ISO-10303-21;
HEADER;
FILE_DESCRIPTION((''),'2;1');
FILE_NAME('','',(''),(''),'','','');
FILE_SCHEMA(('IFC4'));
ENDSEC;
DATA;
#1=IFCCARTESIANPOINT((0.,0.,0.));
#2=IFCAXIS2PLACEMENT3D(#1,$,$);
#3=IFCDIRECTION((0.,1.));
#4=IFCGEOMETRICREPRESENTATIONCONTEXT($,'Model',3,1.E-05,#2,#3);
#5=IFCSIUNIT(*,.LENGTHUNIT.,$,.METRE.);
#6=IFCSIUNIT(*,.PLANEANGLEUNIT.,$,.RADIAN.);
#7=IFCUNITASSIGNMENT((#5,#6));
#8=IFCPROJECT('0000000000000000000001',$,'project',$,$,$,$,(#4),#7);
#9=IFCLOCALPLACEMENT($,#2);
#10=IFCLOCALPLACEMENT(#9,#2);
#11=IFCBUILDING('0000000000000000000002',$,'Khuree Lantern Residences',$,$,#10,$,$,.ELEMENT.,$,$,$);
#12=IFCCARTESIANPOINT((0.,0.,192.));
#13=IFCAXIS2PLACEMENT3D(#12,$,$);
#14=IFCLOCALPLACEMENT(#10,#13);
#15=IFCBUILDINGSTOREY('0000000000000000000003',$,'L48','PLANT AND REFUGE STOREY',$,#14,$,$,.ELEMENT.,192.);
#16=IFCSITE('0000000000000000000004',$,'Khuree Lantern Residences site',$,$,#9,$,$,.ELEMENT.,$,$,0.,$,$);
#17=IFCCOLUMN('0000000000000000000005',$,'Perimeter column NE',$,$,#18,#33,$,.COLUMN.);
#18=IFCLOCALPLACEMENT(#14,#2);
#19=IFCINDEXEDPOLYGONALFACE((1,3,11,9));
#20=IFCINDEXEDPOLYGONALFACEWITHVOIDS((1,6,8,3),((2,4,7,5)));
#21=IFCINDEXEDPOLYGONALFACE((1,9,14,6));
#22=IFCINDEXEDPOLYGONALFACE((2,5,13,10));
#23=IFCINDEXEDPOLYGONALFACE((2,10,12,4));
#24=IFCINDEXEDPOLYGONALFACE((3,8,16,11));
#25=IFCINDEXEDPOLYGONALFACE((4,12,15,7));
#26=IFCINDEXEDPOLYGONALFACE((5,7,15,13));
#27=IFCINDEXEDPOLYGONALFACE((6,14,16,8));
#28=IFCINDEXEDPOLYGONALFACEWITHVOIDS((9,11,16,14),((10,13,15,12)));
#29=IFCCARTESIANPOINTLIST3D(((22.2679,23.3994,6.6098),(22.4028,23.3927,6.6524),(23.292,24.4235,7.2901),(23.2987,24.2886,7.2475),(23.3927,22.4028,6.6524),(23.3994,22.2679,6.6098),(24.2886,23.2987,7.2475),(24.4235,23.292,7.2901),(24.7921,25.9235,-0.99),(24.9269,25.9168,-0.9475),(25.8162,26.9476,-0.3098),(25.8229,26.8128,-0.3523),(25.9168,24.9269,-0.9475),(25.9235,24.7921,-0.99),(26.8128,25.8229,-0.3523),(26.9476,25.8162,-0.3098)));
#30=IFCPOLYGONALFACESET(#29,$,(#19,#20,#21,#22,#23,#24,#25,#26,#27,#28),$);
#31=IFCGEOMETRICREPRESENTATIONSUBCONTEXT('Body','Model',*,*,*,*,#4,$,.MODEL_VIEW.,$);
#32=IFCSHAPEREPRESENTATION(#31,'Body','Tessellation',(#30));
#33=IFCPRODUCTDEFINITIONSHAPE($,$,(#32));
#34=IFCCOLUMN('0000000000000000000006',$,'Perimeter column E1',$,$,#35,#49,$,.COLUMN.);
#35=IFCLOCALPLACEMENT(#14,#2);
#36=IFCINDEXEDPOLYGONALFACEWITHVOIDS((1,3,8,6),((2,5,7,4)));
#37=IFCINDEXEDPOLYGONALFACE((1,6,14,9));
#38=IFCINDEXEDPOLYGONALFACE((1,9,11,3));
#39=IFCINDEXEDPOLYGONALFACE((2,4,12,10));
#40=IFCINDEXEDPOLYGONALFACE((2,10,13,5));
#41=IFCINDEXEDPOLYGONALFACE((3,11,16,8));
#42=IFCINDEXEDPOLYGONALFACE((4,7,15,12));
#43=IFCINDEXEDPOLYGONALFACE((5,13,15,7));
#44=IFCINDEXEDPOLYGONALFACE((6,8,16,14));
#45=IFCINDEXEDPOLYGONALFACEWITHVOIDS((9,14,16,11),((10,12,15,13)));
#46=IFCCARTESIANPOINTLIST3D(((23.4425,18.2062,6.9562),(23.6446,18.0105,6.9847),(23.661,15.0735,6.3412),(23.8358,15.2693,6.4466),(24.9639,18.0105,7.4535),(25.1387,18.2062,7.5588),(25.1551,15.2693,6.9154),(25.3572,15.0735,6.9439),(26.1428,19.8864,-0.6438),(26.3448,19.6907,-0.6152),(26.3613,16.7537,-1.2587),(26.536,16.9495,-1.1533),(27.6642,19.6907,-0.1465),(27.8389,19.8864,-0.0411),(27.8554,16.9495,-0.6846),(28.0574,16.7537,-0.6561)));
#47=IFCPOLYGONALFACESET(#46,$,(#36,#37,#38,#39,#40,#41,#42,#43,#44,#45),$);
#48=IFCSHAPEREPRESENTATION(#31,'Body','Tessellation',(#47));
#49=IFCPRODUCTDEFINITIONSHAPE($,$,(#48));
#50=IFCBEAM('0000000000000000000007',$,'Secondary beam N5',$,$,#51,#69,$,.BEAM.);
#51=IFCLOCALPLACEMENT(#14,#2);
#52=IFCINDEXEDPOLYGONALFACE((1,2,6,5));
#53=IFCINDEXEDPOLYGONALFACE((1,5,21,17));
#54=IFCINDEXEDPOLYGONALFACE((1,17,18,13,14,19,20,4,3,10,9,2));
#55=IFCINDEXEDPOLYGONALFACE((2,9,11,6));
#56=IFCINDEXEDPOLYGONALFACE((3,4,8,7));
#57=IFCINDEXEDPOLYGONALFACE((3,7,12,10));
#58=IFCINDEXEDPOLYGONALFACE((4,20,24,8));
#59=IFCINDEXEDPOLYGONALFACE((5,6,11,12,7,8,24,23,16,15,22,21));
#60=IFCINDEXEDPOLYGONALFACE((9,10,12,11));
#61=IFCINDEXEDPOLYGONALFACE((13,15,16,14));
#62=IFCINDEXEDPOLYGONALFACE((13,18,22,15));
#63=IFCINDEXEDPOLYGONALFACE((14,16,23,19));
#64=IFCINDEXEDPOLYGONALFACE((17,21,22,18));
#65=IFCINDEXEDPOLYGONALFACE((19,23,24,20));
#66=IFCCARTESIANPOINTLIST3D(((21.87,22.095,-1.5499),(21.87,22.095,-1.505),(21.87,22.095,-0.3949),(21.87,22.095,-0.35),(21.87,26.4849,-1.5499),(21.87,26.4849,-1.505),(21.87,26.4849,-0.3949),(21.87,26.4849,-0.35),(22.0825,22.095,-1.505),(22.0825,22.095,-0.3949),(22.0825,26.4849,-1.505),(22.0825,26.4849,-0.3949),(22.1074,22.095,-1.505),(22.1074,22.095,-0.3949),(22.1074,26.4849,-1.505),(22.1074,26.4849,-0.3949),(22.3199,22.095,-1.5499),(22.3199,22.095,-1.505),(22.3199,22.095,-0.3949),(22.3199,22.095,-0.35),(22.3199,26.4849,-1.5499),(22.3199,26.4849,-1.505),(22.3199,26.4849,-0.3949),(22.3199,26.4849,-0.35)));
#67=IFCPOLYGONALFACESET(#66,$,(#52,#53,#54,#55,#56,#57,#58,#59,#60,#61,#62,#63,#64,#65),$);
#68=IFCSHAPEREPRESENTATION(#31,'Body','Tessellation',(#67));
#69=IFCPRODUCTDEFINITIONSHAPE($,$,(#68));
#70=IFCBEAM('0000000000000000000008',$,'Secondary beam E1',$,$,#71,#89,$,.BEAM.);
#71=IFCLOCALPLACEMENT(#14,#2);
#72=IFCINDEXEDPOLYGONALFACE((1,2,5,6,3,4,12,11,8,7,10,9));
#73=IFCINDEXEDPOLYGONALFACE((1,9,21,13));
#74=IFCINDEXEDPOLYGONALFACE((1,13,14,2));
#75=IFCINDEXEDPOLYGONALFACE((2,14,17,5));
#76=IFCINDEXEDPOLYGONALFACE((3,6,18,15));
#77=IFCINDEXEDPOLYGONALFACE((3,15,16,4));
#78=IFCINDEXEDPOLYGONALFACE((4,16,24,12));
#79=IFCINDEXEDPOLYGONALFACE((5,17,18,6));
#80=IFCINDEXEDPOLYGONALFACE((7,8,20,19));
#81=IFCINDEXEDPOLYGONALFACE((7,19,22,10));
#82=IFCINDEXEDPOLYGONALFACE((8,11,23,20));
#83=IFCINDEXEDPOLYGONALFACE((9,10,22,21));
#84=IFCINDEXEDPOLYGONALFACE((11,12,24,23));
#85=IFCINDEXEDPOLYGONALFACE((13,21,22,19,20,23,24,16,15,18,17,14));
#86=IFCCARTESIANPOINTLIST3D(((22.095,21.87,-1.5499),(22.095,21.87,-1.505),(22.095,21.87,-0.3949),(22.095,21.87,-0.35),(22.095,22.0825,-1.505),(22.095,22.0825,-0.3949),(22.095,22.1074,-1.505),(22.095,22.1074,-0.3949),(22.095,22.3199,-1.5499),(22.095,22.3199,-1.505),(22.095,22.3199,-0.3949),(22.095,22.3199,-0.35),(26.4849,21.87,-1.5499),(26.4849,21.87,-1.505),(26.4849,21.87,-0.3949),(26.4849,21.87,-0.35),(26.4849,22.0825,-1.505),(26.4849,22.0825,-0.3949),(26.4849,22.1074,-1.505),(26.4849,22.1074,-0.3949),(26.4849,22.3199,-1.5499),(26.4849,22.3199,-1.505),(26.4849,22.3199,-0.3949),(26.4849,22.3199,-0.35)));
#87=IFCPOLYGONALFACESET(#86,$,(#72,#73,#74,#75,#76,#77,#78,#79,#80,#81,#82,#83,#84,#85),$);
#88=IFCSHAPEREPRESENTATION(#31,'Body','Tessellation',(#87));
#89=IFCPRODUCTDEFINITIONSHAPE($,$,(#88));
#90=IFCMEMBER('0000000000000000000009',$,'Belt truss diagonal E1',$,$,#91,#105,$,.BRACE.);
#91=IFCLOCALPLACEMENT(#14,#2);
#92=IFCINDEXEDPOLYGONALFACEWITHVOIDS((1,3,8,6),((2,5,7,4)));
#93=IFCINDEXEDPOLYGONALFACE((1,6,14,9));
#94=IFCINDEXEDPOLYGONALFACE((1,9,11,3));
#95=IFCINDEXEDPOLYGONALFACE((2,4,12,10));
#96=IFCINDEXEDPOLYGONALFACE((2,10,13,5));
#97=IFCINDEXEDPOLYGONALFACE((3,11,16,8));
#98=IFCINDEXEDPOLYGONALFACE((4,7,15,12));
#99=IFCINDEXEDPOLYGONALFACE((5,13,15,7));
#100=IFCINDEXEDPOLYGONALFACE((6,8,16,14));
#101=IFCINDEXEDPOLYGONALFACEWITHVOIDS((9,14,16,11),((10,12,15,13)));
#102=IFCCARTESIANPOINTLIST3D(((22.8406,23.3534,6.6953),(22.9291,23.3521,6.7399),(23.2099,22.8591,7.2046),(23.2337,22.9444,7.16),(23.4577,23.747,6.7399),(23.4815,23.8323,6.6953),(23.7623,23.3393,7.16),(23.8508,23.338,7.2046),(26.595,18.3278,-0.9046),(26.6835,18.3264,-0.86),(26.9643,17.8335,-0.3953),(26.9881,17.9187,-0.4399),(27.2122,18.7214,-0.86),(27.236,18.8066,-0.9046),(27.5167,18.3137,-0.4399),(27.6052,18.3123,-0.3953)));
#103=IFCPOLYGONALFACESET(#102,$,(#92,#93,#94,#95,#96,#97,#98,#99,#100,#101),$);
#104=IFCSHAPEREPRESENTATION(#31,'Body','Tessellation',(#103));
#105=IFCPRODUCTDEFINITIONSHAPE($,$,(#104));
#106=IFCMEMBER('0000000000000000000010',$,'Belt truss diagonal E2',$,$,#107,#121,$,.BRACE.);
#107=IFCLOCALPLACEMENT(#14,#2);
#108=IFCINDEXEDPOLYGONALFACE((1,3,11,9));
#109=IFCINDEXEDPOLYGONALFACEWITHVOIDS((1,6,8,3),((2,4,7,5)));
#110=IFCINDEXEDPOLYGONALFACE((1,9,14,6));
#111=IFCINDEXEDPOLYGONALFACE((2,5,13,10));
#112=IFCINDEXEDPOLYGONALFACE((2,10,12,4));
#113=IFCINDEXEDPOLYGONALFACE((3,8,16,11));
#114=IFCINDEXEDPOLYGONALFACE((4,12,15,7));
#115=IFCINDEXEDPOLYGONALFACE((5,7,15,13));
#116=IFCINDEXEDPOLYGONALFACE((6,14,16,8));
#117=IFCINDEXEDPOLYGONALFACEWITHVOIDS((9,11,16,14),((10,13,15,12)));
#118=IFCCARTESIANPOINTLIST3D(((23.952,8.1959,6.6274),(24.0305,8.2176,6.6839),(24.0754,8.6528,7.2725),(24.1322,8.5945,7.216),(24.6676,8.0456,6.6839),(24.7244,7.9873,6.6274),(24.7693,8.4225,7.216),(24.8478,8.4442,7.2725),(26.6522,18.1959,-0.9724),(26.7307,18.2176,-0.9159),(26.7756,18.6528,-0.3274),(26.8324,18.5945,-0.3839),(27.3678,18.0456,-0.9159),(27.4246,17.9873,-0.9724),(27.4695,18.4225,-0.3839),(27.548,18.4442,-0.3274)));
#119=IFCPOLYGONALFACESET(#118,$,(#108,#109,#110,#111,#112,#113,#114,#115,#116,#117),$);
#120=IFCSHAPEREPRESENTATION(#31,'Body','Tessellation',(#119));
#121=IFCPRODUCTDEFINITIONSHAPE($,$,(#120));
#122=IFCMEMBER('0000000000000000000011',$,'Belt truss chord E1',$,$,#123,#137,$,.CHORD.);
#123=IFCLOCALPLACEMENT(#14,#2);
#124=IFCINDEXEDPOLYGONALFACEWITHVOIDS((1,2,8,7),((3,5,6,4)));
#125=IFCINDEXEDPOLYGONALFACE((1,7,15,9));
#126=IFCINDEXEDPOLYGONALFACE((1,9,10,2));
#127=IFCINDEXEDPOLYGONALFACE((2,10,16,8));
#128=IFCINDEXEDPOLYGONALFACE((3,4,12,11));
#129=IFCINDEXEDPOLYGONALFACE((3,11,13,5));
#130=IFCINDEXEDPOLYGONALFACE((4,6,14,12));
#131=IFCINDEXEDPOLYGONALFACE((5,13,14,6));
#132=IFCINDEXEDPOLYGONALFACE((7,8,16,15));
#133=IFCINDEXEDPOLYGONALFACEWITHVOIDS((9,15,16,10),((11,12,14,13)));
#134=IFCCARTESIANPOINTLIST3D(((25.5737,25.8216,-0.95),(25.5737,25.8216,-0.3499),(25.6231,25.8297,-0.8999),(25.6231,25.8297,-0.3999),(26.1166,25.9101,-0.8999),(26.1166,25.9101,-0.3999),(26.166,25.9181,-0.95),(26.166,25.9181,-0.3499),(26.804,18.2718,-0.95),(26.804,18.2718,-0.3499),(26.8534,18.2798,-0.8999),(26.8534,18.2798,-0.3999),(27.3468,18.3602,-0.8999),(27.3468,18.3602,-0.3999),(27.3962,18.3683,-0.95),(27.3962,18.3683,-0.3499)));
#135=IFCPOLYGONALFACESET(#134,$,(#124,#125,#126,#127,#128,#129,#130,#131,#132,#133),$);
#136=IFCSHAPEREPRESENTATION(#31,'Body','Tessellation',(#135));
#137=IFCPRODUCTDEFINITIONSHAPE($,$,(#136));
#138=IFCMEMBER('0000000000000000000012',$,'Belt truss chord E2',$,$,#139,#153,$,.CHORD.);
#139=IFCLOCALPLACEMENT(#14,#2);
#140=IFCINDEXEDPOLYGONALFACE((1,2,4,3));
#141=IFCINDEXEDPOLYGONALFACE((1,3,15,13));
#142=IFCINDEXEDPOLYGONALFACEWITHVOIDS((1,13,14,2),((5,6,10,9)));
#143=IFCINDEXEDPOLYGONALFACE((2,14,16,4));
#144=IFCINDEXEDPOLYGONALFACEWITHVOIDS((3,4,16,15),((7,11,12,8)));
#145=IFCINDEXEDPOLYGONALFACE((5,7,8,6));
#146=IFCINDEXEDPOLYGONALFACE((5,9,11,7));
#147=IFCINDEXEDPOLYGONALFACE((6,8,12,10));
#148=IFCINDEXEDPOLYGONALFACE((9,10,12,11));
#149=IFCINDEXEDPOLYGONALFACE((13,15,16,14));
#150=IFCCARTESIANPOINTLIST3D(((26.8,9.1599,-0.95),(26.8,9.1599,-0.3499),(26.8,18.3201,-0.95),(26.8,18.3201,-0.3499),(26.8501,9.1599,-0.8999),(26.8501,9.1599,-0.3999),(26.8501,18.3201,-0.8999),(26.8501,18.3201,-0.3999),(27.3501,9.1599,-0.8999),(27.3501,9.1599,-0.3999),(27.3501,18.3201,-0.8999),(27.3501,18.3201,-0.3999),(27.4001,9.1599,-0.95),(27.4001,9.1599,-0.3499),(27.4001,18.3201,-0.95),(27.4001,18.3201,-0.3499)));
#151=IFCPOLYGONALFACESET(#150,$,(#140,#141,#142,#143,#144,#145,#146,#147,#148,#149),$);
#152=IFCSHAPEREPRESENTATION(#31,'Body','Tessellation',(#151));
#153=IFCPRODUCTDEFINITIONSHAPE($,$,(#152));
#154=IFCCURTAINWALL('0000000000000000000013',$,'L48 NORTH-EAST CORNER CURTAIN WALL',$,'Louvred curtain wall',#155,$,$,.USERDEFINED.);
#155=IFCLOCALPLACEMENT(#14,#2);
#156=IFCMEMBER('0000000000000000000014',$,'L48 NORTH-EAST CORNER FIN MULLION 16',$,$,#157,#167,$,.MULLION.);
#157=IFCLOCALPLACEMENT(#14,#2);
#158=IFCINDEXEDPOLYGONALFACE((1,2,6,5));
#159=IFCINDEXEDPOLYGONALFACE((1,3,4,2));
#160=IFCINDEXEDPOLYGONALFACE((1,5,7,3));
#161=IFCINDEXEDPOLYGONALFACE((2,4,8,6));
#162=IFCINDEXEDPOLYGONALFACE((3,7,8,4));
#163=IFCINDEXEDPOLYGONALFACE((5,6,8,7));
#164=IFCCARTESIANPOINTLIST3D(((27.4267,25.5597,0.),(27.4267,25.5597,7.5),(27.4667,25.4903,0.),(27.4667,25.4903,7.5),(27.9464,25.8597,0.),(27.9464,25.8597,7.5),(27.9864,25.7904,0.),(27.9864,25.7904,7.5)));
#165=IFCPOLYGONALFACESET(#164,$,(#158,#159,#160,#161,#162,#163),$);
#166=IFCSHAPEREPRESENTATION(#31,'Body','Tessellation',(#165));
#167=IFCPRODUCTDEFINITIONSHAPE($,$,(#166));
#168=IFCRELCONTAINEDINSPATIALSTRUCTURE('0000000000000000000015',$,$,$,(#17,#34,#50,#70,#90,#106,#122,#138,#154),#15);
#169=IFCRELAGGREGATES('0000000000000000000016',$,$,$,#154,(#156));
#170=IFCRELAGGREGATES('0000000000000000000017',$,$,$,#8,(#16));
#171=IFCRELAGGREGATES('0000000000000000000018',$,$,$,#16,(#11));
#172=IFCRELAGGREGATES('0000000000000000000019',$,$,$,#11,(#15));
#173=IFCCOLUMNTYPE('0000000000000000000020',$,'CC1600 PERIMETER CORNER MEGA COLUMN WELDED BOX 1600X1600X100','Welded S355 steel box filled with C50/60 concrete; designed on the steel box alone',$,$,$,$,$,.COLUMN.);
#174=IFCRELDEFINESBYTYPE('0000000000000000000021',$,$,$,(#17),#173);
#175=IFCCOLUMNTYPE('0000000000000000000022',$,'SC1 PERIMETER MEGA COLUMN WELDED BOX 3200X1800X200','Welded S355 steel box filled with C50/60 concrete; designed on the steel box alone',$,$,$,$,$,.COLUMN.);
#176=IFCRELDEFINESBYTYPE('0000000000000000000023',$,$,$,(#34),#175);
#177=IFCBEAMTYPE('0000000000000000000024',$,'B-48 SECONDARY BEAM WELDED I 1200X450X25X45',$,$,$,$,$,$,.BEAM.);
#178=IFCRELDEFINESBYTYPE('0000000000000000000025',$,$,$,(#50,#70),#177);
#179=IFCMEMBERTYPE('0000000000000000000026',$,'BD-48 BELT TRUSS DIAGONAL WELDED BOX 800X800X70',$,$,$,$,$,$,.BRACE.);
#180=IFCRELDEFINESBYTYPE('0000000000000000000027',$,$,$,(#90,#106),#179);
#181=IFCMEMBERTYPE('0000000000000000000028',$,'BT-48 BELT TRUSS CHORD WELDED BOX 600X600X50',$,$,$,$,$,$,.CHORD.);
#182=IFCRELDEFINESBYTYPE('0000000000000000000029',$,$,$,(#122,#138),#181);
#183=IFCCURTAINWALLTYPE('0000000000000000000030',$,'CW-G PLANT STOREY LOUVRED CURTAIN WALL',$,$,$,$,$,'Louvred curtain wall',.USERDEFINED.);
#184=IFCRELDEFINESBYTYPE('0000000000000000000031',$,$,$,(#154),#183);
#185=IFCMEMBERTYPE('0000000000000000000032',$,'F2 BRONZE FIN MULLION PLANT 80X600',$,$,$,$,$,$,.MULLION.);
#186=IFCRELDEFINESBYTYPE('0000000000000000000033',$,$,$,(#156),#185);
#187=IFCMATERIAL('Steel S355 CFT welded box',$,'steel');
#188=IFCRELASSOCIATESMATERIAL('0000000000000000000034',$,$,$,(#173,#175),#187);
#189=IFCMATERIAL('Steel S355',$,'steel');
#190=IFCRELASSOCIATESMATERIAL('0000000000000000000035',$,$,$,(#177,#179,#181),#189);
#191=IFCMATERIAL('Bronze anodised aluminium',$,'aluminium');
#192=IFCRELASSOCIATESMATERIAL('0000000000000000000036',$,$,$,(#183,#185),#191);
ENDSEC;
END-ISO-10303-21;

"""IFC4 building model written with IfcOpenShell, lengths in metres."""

from ifc_helpers import new_model, si_unit, direction, frame, origin, origin_2d, place, context, subcontext, project, spatial, rectangle, hollow_rectangle, i_section, extrude, material, material_profile, profile_set, type_object, element, aggregate, save


model = new_model("IFC4")

# Units and contexts
model_context = context("Model", 3, precision=1e-05, world=origin(), true_north=direction((0.0, 1.0)))
body_context = subcontext(model_context, "Body", "Model", "MODEL_VIEW")
ifc_project = project(units=[si_unit("LENGTHUNIT", "METRE"), si_unit("PLANEANGLEUNIT", "RADIAN")], contexts=[model_context])

# Site, building, storey
site_placement = place(None, origin())
site = spatial("IfcSite", under=ifc_project, at=site_placement, Name="Khuree Lantern Residences site", CompositionType="ELEMENT", RefElevation=0.0)
building_placement = place(site_placement, origin())
building = spatial("IfcBuilding", under=site, at=building_placement, Name="Khuree Lantern Residences", CompositionType="ELEMENT")
storey_placement = place(building_placement, frame((0.0, 0.0, 192.0)))
storey = spatial("IfcBuildingStorey", under=building, at=storey_placement, Name="L48", Description="PLANT AND REFUGE STOREY", CompositionType="ELEMENT", Elevation=192.0)

# Columns
ifc_material_1 = material(Name="Steel S355 CFT welded box", Category="steel")
ifc_material_profile_1 = material_profile(ifc_material_1, hollow_rectangle(XDim=1.6001, YDim=1.6001, WallThickness=0.1001, at=origin_2d()), Name="WELDED BOX 1600X1600X100")
ifc_profile_set_1 = profile_set([ifc_material_profile_1], Name="Steel S355 CFT welded box")
column_type_1 = type_object("IfcColumnType", Name="CC1600 PERIMETER CORNER MEGA COLUMN WELDED BOX 1600X1600X100", Description="Welded S355 steel box filled with C50/60 concrete; designed on the steel box alone", PredefinedType="COLUMN", material=ifc_profile_set_1)
column_1_placement = place(storey_placement, frame((25.8699, 25.8699, -0.6499), z_axis=(-0.300623, -0.300623, 0.905125), x_axis=(0.707107, -0.707107, 0.0)))
element("IfcColumn", 1, at=column_1_placement, inside=storey, type_object=column_type_1, Name="Perimeter column NE", PredefinedType="COLUMN", context=body_context, shape_type="SweptSolid", body=[
    extrude(hollow_rectangle(XDim=1.6001, YDim=1.6001, WallThickness=0.1001, at=origin_2d()), origin(), (0.0, 0.0, 1.0), 8.3965),
])
ifc_material_profile_2 = material_profile(ifc_material_1, hollow_rectangle(XDim=3.2, YDim=1.8, WallThickness=0.2, at=origin_2d()), Name="WELDED BOX 3200X1800X200")
ifc_profile_set_2 = profile_set([ifc_material_profile_2], Name="Steel S355 CFT welded box")
column_type_2 = type_object("IfcColumnType", Name="SC1 PERIMETER MEGA COLUMN WELDED BOX 3200X1800X200", Description="Welded S355 steel box filled with C50/60 concrete; designed on the steel box alone", PredefinedType="COLUMN", material=ifc_profile_set_2)
column_2_placement = place(storey_placement, frame((27.1001, 18.3201, -0.6499), z_axis=(-0.327756, -0.203944, 0.922487), x_axis=(-0.068286, 0.978983, 0.192172)))
element("IfcColumn", 2, at=column_2_placement, inside=storey, type_object=column_type_2, Name="Perimeter column E1", PredefinedType="COLUMN", context=body_context, shape_type="SweptSolid", body=[
    extrude(hollow_rectangle(XDim=3.2, YDim=1.8, WallThickness=0.2, at=origin_2d()), origin(), (0.0, 0.0, 1.0), 8.2385),
])

# Beams
ifc_material_2 = material(Name="Steel S355", Category="steel")
ifc_material_profile_3 = material_profile(ifc_material_2, i_section(OverallWidth=0.45, OverallDepth=1.2, WebThickness=0.0249, FlangeThickness=0.0449, at=origin_2d()), Name="WELDED I 1200X450X25X45")
ifc_profile_set_3 = profile_set([ifc_material_profile_3], Name="Steel S355")
beam_type_1 = type_object("IfcBeamType", Name="B-48 SECONDARY BEAM WELDED I 1200X450X25X45", PredefinedType="BEAM", material=ifc_profile_set_3)
for number, where, z_axis, x_axis, name in (
    (3, (22.095, 26.4849, -0.95), (0.0, -1.0, 0.0), (1.0, 0.0, 0.0), "Secondary beam N5"),
    (4, (26.4849, 22.095, -0.95), (-1.0, 0.0, 0.0), (0.0, -1.0, 0.0), "Secondary beam E1"),
):
    element("IfcBeam", number, at=place(storey_placement, frame(where, z_axis=z_axis, x_axis=x_axis)), inside=storey, type_object=beam_type_1, Name=name, PredefinedType="BEAM", context=body_context, shape_type="SweptSolid", body=[
        extrude(i_section(OverallWidth=0.45, OverallDepth=1.2, WebThickness=0.0249, FlangeThickness=0.0449, at=origin_2d()), origin(), (0.0, 0.0, 1.0), 4.3899),
    ])

# Members
ifc_material_profile_4 = material_profile(ifc_material_2, hollow_rectangle(XDim=0.8, YDim=0.8, WallThickness=0.0701, at=origin_2d()), Name="WELDED BOX 800X800X70")
ifc_profile_set_4 = profile_set([ifc_material_profile_4], Name="Steel S355")
member_type_1 = type_object("IfcMemberType", Name="BD-48 BELT TRUSS DIAGONAL WELDED BOX 800X800X70", PredefinedType="BRACE", material=ifc_profile_set_4)
member_1_placement = place(storey_placement, frame((23.3457, 23.3457, 6.95), z_axis=(0.380985, -0.509986, -0.77121), x_axis=(0.801133, 0.598486, 0.0)))
element("IfcMember", 5, at=member_1_placement, inside=storey, type_object=member_type_1, Name="Belt truss diagonal E1", PredefinedType="BRACE", context=body_context, shape_type="SweptSolid", body=[
    extrude(hollow_rectangle(XDim=0.8, YDim=0.8, WallThickness=0.0701, at=origin_2d()), origin(), (0.0, 0.0, 1.0), 9.8545),
])
member_2_placement = place(storey_placement, frame((27.1001, 18.3201, -0.6499), z_axis=(-0.210179, -0.778384, 0.59156), x_axis=(0.965424, -0.260683, 0.0)))
element("IfcMember", 6, at=member_2_placement, inside=storey, type_object=member_type_1, Name="Belt truss diagonal E2", PredefinedType="BRACE", context=body_context, shape_type="SweptSolid", body=[
    extrude(hollow_rectangle(XDim=0.8, YDim=0.8, WallThickness=0.0701, at=origin_2d()), origin(), (0.0, 0.0, 1.0), 12.8472),
])
ifc_material_profile_5 = material_profile(ifc_material_2, hollow_rectangle(XDim=0.6001, YDim=0.6001, WallThickness=0.05, at=origin_2d()), Name="WELDED BOX 600X600X50")
ifc_profile_set_5 = profile_set([ifc_material_profile_5], Name="Steel S355")
member_type_2 = type_object("IfcMemberType", Name="BT-48 BELT TRUSS CHORD WELDED BOX 600X600X50", PredefinedType="CHORD", material=ifc_profile_set_5)
member_3_placement = place(storey_placement, frame((25.8699, 25.8699, -0.6499), z_axis=(0.160827, -0.986983, 0.0), x_axis=(0.986983, 0.160827, 0.0)))
element("IfcMember", 7, at=member_3_placement, inside=storey, type_object=member_type_2, Name="Belt truss chord E1", PredefinedType="CHORD", context=body_context, shape_type="SweptSolid", body=[
    extrude(hollow_rectangle(XDim=0.6001, YDim=0.6001, WallThickness=0.05, at=origin_2d()), origin(), (0.0, 0.0, 1.0), 7.6494),
])
member_4_placement = place(storey_placement, frame((27.1001, 18.3201, -0.6499), z_axis=(0.0, -1.0, 0.0), x_axis=(1.0, 0.0, 0.0)))
element("IfcMember", 8, at=member_4_placement, inside=storey, type_object=member_type_2, Name="Belt truss chord E2", PredefinedType="CHORD", context=body_context, shape_type="SweptSolid", body=[
    extrude(hollow_rectangle(XDim=0.6001, YDim=0.6001, WallThickness=0.05, at=origin_2d()), origin(), (0.0, 0.0, 1.0), 9.1602),
])

# Curtain wall, member
ifc_material_3 = material(Name="Bronze anodised aluminium", Category="aluminium")
curtain_wall_type = type_object("IfcCurtainWallType", Name="CW-G PLANT STOREY LOUVRED CURTAIN WALL", ElementType="Louvred curtain wall", PredefinedType="USERDEFINED", material=ifc_material_3)
curtain_wall_1_placement = place(storey_placement, origin())
curtain_wall_1 = element("IfcCurtainWall", 9, at=curtain_wall_1_placement, inside=storey, type_object=curtain_wall_type, Name="L48 NORTH-EAST CORNER CURTAIN WALL", ObjectType="Louvred curtain wall", PredefinedType="USERDEFINED")
ifc_material_profile_6 = material_profile(ifc_material_3, rectangle(XDim=0.0801, YDim=0.6001, at=origin_2d()), Name="F2 80X600")
ifc_profile_set_6 = profile_set([ifc_material_profile_6], Name="Bronze anodised aluminium")
member_type_3 = type_object("IfcMemberType", Name="F2 BRONZE FIN MULLION PLANT 80X600", PredefinedType="MULLION", material=ifc_profile_set_6)
member_5_placement = place(storey_placement, frame((27.7065, 25.675, 0.0), z_axis=(0.0, 0.0, 1.0), x_axis=(-0.5, 0.866025, 0.0)))
member_5 = element("IfcMember", 10, at=member_5_placement, type_object=member_type_3, Name="L48 NORTH-EAST CORNER FIN MULLION 16", PredefinedType="MULLION", context=body_context, shape_type="SweptSolid", body=[
    extrude(rectangle(XDim=0.0801, YDim=0.6001, at=origin_2d()), origin(), (0.0, 0.0, 1.0), 7.5),
])

aggregate(curtain_wall_1, [member_5])

save(model, "model.ifc")
